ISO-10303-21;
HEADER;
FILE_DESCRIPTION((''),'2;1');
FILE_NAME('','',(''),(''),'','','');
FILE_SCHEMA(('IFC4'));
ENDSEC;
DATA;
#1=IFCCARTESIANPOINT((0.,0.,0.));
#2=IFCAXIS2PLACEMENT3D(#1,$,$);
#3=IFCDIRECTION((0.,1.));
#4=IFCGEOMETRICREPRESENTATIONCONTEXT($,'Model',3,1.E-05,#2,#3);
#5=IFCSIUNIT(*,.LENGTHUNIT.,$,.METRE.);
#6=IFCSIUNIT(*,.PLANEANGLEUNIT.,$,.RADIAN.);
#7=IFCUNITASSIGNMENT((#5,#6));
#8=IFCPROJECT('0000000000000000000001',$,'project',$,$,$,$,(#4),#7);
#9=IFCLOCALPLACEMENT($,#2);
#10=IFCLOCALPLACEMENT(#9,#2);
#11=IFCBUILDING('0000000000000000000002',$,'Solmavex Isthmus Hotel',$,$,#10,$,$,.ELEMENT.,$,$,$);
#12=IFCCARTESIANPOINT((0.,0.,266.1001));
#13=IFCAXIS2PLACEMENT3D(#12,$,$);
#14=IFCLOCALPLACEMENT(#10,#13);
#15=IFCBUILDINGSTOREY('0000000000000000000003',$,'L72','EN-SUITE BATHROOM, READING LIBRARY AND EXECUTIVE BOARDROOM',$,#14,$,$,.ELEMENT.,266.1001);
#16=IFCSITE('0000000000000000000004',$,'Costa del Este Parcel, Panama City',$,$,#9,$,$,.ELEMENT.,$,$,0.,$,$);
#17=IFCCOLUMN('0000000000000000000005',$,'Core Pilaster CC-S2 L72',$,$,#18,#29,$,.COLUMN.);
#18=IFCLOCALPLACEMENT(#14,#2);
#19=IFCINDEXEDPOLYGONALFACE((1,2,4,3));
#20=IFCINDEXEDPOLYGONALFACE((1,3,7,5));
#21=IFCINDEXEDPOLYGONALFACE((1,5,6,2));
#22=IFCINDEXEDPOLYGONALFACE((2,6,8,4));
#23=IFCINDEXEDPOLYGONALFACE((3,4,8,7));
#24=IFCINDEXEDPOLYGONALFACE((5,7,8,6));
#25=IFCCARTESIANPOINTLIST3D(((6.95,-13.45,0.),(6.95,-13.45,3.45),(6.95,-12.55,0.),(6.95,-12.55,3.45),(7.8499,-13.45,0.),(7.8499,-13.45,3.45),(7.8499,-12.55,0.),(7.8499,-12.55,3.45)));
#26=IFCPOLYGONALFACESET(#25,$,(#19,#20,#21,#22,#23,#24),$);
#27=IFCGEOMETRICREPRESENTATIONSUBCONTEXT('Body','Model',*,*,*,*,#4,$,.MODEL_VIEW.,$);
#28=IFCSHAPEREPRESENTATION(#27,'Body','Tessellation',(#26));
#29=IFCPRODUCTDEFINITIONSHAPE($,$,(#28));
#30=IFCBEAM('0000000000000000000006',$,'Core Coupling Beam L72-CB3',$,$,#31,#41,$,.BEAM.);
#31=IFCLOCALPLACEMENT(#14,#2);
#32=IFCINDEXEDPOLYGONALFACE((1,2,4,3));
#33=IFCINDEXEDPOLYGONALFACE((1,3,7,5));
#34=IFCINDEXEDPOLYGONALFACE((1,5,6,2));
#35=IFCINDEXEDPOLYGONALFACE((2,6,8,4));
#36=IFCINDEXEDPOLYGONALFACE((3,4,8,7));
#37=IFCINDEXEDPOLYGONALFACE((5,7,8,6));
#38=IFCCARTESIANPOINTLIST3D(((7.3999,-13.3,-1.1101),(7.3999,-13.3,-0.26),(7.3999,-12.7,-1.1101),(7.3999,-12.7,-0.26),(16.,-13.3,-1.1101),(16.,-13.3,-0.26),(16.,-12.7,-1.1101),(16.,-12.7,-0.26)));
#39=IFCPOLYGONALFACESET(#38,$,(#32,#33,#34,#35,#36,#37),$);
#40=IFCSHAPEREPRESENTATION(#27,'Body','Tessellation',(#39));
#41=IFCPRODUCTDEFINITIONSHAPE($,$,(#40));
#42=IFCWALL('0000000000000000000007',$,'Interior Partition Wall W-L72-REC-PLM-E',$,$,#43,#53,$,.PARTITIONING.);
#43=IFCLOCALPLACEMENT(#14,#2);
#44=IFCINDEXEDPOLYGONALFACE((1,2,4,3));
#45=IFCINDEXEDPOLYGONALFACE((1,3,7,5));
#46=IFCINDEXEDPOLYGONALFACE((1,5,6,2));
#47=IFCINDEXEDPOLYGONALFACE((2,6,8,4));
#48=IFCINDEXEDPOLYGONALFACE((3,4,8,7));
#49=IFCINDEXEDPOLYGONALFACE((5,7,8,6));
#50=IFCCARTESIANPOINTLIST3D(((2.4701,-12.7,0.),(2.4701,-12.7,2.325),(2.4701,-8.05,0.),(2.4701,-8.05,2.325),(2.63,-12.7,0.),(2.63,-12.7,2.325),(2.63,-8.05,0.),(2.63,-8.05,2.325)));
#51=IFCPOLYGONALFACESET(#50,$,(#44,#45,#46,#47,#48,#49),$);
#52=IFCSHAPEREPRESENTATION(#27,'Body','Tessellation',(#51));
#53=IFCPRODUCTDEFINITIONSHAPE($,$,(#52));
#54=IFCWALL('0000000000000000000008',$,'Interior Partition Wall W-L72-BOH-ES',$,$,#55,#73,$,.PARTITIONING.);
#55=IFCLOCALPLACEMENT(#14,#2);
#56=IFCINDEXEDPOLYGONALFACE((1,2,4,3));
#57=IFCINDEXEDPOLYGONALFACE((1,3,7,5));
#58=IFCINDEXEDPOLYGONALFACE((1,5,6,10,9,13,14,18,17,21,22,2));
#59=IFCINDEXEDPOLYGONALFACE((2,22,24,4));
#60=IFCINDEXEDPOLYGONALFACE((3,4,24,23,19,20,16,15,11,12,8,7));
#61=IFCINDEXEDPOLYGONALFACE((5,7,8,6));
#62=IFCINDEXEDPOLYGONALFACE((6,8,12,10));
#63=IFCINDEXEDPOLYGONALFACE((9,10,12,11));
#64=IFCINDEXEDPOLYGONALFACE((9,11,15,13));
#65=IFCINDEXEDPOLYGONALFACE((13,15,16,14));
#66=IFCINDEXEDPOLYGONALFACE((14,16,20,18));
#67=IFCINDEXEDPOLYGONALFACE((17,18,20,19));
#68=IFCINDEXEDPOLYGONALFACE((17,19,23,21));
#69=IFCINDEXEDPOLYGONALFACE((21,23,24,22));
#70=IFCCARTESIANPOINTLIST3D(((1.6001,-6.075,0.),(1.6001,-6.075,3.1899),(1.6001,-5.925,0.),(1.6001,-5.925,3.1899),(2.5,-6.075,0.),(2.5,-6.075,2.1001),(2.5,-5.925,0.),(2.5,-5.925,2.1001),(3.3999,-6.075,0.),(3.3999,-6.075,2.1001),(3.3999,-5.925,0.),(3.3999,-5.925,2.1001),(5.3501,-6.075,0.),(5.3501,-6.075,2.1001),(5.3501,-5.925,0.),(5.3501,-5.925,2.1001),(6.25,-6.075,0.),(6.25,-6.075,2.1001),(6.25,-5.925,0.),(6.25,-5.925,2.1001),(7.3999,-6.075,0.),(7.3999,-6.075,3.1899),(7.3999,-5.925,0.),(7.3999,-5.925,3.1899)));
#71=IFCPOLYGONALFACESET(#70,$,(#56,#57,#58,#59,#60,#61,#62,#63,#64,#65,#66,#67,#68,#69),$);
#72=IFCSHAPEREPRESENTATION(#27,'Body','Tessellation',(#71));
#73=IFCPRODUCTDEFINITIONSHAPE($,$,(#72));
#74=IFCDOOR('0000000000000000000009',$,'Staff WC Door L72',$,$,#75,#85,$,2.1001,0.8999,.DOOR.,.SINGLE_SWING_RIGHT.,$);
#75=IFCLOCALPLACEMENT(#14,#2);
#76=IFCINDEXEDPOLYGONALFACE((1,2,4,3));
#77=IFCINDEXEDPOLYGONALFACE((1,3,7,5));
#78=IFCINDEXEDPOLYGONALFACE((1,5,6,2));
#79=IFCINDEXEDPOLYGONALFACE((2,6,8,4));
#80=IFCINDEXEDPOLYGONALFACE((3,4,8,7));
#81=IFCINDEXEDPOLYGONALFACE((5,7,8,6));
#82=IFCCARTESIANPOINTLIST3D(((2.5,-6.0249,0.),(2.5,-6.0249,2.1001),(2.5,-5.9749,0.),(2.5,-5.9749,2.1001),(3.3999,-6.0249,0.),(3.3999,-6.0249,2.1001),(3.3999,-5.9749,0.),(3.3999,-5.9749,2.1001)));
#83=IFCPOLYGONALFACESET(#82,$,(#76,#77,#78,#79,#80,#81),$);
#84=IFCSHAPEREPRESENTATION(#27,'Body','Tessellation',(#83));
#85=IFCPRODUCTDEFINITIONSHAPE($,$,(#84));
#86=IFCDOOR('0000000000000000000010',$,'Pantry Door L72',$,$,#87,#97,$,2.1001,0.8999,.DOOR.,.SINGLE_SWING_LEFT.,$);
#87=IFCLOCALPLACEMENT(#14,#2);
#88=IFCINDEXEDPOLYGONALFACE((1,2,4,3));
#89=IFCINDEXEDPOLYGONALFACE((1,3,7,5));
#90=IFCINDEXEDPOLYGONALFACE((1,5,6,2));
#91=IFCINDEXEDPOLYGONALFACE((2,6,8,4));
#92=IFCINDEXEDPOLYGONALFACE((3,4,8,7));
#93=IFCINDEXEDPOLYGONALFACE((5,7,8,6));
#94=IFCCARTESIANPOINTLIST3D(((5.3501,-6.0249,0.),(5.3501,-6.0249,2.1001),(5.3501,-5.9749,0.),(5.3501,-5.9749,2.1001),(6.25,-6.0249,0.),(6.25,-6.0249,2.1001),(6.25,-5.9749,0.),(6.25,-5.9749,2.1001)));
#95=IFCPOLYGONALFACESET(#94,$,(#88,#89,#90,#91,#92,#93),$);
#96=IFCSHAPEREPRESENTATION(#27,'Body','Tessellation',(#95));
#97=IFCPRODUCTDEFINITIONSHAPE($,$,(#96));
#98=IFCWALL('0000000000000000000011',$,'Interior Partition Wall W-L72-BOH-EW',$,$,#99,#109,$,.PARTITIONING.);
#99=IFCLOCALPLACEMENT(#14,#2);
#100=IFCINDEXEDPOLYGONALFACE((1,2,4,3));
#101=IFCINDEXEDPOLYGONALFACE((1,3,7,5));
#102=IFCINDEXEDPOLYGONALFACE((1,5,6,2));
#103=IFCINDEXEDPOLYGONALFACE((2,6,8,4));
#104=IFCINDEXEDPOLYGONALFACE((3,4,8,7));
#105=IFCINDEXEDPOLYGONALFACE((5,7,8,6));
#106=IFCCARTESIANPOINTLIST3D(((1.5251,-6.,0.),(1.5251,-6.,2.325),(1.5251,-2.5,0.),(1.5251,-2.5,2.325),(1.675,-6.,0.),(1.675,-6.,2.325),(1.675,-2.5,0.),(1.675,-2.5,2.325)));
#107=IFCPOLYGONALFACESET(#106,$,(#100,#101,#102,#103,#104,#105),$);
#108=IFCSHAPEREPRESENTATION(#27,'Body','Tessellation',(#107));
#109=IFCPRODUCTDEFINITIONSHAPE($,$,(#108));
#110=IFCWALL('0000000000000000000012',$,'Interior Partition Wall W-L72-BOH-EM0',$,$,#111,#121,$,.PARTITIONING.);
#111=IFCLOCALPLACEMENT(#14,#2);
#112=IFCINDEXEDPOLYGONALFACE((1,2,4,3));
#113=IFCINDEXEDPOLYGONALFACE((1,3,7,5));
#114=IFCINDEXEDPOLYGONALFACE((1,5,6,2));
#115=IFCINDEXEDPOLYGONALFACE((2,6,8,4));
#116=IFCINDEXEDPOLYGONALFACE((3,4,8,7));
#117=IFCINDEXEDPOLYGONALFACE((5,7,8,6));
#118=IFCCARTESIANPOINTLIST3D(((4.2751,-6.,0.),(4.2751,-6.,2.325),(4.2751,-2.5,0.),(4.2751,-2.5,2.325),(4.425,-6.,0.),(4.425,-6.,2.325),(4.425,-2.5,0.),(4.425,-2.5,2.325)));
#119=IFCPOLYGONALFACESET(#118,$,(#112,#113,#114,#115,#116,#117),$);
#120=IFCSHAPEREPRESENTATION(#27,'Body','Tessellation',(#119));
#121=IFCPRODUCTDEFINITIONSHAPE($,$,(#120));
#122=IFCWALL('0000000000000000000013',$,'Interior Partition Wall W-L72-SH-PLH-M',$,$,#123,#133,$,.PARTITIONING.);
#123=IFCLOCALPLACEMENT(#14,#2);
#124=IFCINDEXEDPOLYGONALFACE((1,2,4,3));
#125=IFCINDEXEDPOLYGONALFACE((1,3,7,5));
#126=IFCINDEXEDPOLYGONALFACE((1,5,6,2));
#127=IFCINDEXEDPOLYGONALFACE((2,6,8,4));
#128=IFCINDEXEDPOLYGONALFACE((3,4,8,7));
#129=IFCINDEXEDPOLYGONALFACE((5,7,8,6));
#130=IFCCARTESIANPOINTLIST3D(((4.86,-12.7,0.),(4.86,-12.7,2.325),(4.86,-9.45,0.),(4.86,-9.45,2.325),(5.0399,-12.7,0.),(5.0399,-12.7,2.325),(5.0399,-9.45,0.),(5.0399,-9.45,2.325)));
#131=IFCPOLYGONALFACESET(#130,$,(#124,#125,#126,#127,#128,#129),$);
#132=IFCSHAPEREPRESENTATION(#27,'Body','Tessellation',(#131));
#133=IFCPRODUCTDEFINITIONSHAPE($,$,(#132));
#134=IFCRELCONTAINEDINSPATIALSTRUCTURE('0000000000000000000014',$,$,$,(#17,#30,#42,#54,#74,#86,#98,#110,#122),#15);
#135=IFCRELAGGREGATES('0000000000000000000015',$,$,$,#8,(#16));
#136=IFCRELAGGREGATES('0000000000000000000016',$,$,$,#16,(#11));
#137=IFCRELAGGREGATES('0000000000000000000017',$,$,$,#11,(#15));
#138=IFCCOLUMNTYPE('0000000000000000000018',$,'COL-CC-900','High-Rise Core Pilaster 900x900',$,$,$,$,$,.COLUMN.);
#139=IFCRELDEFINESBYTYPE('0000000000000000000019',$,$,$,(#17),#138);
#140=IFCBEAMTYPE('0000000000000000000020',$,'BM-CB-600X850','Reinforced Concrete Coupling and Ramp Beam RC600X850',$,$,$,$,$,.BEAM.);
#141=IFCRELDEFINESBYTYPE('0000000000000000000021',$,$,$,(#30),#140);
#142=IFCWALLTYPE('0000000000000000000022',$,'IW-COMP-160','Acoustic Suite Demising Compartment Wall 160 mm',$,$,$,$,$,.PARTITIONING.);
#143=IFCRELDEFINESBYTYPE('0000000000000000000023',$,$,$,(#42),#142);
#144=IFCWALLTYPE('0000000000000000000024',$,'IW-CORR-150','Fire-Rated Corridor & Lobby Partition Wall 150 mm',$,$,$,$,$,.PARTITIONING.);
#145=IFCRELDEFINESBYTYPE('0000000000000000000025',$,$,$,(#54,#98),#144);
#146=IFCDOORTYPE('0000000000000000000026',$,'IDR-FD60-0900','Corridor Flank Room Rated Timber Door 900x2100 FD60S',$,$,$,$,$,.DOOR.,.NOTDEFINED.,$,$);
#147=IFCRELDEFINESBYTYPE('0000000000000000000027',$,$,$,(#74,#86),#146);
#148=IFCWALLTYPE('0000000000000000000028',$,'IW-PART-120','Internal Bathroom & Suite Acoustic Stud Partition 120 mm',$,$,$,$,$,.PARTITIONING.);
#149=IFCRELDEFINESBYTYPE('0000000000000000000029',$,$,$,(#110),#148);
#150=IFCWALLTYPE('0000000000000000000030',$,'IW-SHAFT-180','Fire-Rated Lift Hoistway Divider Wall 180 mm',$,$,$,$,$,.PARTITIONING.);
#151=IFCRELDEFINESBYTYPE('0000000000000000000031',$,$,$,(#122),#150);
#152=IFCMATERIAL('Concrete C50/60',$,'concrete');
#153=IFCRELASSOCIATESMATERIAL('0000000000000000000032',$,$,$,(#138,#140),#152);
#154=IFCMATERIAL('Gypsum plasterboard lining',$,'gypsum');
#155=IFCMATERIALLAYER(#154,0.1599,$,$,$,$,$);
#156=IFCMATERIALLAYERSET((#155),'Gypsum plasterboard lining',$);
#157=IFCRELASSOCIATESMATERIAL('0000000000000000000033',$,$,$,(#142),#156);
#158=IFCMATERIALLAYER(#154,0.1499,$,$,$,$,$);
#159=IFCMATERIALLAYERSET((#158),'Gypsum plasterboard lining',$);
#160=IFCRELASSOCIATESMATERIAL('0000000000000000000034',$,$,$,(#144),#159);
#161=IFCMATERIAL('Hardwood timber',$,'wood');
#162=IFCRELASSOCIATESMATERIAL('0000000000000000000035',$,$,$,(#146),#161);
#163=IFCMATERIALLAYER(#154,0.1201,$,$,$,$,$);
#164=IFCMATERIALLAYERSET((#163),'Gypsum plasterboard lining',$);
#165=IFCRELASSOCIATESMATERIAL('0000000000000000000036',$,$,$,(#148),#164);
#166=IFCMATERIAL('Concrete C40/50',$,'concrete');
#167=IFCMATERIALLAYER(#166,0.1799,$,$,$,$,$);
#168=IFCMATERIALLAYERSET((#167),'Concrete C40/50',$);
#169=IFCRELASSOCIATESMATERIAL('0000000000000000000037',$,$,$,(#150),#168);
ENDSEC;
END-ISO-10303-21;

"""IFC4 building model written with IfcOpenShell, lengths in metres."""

from ifc_helpers import new_model, si_unit, direction, frame, frame_2d, origin, origin_2d, place, context, subcontext, project, spatial, rectangle, extrude, material, layer, layer_set, material_profile, profile_set, type_object, element, fill, save


model = new_model("IFC4")

# Units and contexts
model_context = context("Model", 3, precision=1e-05, world=origin(), true_north=direction((0.0, 1.0)))
body_context = subcontext(model_context, "Body", "Model", "MODEL_VIEW")
ifc_project = project(units=[si_unit("LENGTHUNIT", "METRE"), si_unit("PLANEANGLEUNIT", "RADIAN")], contexts=[model_context])

# Site, building, storey
site_placement = place(None, origin())
site = spatial("IfcSite", under=ifc_project, at=site_placement, Name="Costa del Este Parcel, Panama City", CompositionType="ELEMENT", RefElevation=0.0)
building_placement = place(site_placement, origin())
building = spatial("IfcBuilding", under=site, at=building_placement, Name="Solmavex Isthmus Hotel", CompositionType="ELEMENT")
storey_placement = place(building_placement, frame((0.0, 0.0, 266.1001)))
storey = spatial("IfcBuildingStorey", under=building, at=storey_placement, Name="L72", Description="EN-SUITE BATHROOM, READING LIBRARY AND EXECUTIVE BOARDROOM", CompositionType="ELEMENT", Elevation=266.1001)

# Column
ifc_material_1 = material(Name="Concrete C50/60", Category="concrete")
ifc_material_profile_1 = material_profile(ifc_material_1, rectangle(XDim=0.8999, YDim=0.8999, at=origin_2d()), Name="RC900X900")
ifc_profile_set_1 = profile_set([ifc_material_profile_1], Name="Concrete C50/60")
column_type = type_object("IfcColumnType", Name="COL-CC-900", Description="High-Rise Core Pilaster 900x900", PredefinedType="COLUMN", material=ifc_profile_set_1)
column_placement = place(storey_placement, frame((7.3999, -13.0, 0.0), z_axis=(0.0, 0.0, 1.0), x_axis=(1.0, 0.0, 0.0)))
element("IfcColumn", 1, at=column_placement, inside=storey, type_object=column_type, Name="Core Pilaster CC-S2 L72", PredefinedType="COLUMN", context=body_context, shape_type="SweptSolid", body=[
    extrude(rectangle(XDim=0.8999, YDim=0.8999, at=origin_2d()), origin(), (0.0, 0.0, 1.0), 3.45),
])

# Beam
ifc_material_profile_2 = material_profile(ifc_material_1, rectangle(XDim=0.6001, YDim=0.8501, at=origin_2d()), Name="RC600X850")
ifc_profile_set_2 = profile_set([ifc_material_profile_2], Name="Concrete C50/60")
beam_type = type_object("IfcBeamType", Name="BM-CB-600X850", Description="Reinforced Concrete Coupling and Ramp Beam RC600X850", PredefinedType="BEAM", material=ifc_profile_set_2)
beam_placement = place(storey_placement, frame((7.3999, -13.0, -0.6851), z_axis=(1.0, 0.0, 0.0), x_axis=(0.0, 1.0, 0.0)))
element("IfcBeam", 2, at=beam_placement, inside=storey, type_object=beam_type, Name="Core Coupling Beam L72-CB3", PredefinedType="BEAM", context=body_context, shape_type="SweptSolid", body=[
    extrude(rectangle(XDim=0.6001, YDim=0.8501, at=origin_2d()), origin(), (0.0, 0.0, 1.0), 8.6001),
])

# Wall
ifc_material_2 = material(Name="Gypsum plasterboard lining", Category="gypsum")
ifc_layer_1 = layer(ifc_material_2, 0.1599)
ifc_layer_set_1 = layer_set([ifc_layer_1], Name="Gypsum plasterboard lining")
wall_type_1 = type_object("IfcWallType", Name="IW-COMP-160", Description="Acoustic Suite Demising Compartment Wall 160 mm", PredefinedType="PARTITIONING", material=ifc_layer_set_1)
wall_1_placement = place(storey_placement, frame((2.55, -12.7, 0.0), z_axis=(0.0, 0.0, 1.0), x_axis=(0.0, 1.0, 0.0)))
element("IfcWall", 3, at=wall_1_placement, inside=storey, type_object=wall_type_1, Name="Interior Partition Wall W-L72-REC-PLM-E", PredefinedType="PARTITIONING", context=body_context, shape_type="SweptSolid", body=[
    extrude(rectangle(XDim=4.6499, YDim=0.1599, at=frame_2d((2.325, 0.0))), origin(), (0.0, 0.0, 1.0), 2.325),
])

# Wall, openings, doors
ifc_layer_2 = layer(ifc_material_2, 0.1499)
ifc_layer_set_2 = layer_set([ifc_layer_2], Name="Gypsum plasterboard lining")
wall_type_2 = type_object("IfcWallType", Name="IW-CORR-150", Description="Fire-Rated Corridor & Lobby Partition Wall 150 mm", PredefinedType="PARTITIONING", material=ifc_layer_set_2)
wall_2_placement = place(storey_placement, frame((1.6001, -6.0, 0.0), z_axis=(0.0, 0.0, 1.0), x_axis=(1.0, 0.0, 0.0)))
wall_2 = element("IfcWall", 4, at=wall_2_placement, inside=storey, type_object=wall_type_2, Name="Interior Partition Wall W-L72-BOH-ES", PredefinedType="PARTITIONING", context=body_context, shape_type="SweptSolid", body=[
    extrude(rectangle(XDim=5.7998, YDim=0.1499, at=frame_2d((2.8999, 0.0))), origin(), (0.0, 0.0, 1.0), 3.1899),
])
opening_1_placement = place(wall_2_placement, frame((0.8999, 0.0, 0.0)))
opening_1 = element("IfcOpeningElement", 5, at=opening_1_placement, cuts=wall_2, PredefinedType="OPENING", context=body_context, shape_type="SweptSolid", body=[
    extrude(rectangle(XDim=0.8999, YDim=2.1001, at=frame_2d((0.45, 1.05))), frame((0.0, 0.085, 0.0), z_axis=(0.0, -1.0, 0.0), x_axis=(1.0, 0.0, 0.0)), (0.0, 0.0, 1.0), 0.1699),
])
opening_2_placement = place(wall_2_placement, frame((3.75, 0.0, 0.0)))
opening_2 = element("IfcOpeningElement", 6, at=opening_2_placement, cuts=wall_2, PredefinedType="OPENING", context=body_context, shape_type="SweptSolid", body=[
    extrude(rectangle(XDim=0.8999, YDim=2.1001, at=frame_2d((0.45, 1.05))), frame((0.0, 0.085, 0.0), z_axis=(0.0, -1.0, 0.0), x_axis=(1.0, 0.0, 0.0)), (0.0, 0.0, 1.0), 0.1699),
])
ifc_material_3 = material(Name="Hardwood timber", Category="wood")
door_type_1 = type_object("IfcDoorType", Name="IDR-FD60-0900", Description="Corridor Flank Room Rated Timber Door 900x2100 FD60S", OperationType="NOTDEFINED", PredefinedType="DOOR", material=ifc_material_3)
door_1_placement = place(opening_1_placement, frame((0.8999, 0.0, 0.0), z_axis=(0.0, 0.0, 1.0), x_axis=(-1.0, 0.0, 0.0)))
door_1 = element("IfcDoor", 7, at=door_1_placement, inside=storey, type_object=door_type_1, Name="Staff WC Door L72", OperationType="SINGLE_SWING_RIGHT", OverallHeight=2.1001, OverallWidth=0.8999, PredefinedType="DOOR", context=body_context, shape_type="SweptSolid", body=[
    extrude(rectangle(XDim=0.8999, YDim=2.1001, at=frame_2d((0.45, 1.05))), frame((0.0, 0.0249, 0.0), z_axis=(0.0, -1.0, 0.0), x_axis=(1.0, 0.0, 0.0)), (0.0, 0.0, 1.0), 0.05),
])
fill(opening_1, door_1)
door_2_placement = place(opening_2_placement, frame((0.8999, 0.0, 0.0), z_axis=(0.0, 0.0, 1.0), x_axis=(-1.0, 0.0, 0.0)))
door_2 = element("IfcDoor", 8, at=door_2_placement, inside=storey, type_object=door_type_1, Name="Pantry Door L72", OperationType="SINGLE_SWING_LEFT", OverallHeight=2.1001, OverallWidth=0.8999, PredefinedType="DOOR", context=body_context, shape_type="SweptSolid", body=[
    extrude(rectangle(XDim=0.8999, YDim=2.1001, at=frame_2d((0.45, 1.05))), frame((0.0, 0.0249, 0.0), z_axis=(0.0, -1.0, 0.0), x_axis=(1.0, 0.0, 0.0)), (0.0, 0.0, 1.0), 0.05),
])
fill(opening_2, door_2)

# Walls
wall_3_placement = place(storey_placement, frame((1.6001, -6.0, 0.0), z_axis=(0.0, 0.0, 1.0), x_axis=(0.0, 1.0, 0.0)))
element("IfcWall", 9, at=wall_3_placement, inside=storey, type_object=wall_type_2, Name="Interior Partition Wall W-L72-BOH-EW", PredefinedType="PARTITIONING", context=body_context, shape_type="SweptSolid", body=[
    extrude(rectangle(XDim=3.5, YDim=0.1499, at=frame_2d((1.75, 0.0))), origin(), (0.0, 0.0, 1.0), 2.325),
])
ifc_layer_3 = layer(ifc_material_2, 0.1201)
ifc_layer_set_3 = layer_set([ifc_layer_3], Name="Gypsum plasterboard lining")
wall_type_3 = type_object("IfcWallType", Name="IW-PART-120", Description="Internal Bathroom & Suite Acoustic Stud Partition 120 mm", PredefinedType="PARTITIONING", material=ifc_layer_set_3)
wall_4_placement = place(storey_placement, frame((4.3501, -6.0, 0.0), z_axis=(0.0, 0.0, 1.0), x_axis=(0.0, 1.0, 0.0)))
element("IfcWall", 10, at=wall_4_placement, inside=storey, type_object=wall_type_3, Name="Interior Partition Wall W-L72-BOH-EM0", PredefinedType="PARTITIONING", context=body_context, shape_type="SweptSolid", body=[
    extrude(rectangle(XDim=3.5, YDim=0.1499, at=frame_2d((1.75, 0.0))), origin(), (0.0, 0.0, 1.0), 2.325),
])
ifc_material_4 = material(Name="Concrete C40/50", Category="concrete")
ifc_layer_4 = layer(ifc_material_4, 0.1799)
ifc_layer_set_4 = layer_set([ifc_layer_4], Name="Concrete C40/50")
wall_type_4 = type_object("IfcWallType", Name="IW-SHAFT-180", Description="Fire-Rated Lift Hoistway Divider Wall 180 mm", PredefinedType="PARTITIONING", material=ifc_layer_set_4)
wall_5_placement = place(storey_placement, frame((4.95, -12.7, 0.0), z_axis=(0.0, 0.0, 1.0), x_axis=(0.0, 1.0, 0.0)))
element("IfcWall", 11, at=wall_5_placement, inside=storey, type_object=wall_type_4, Name="Interior Partition Wall W-L72-SH-PLH-M", PredefinedType="PARTITIONING", context=body_context, shape_type="SweptSolid", body=[
    extrude(rectangle(XDim=3.25, YDim=0.1799, at=frame_2d((1.625, 0.0))), origin(), (0.0, 0.0, 1.0), 2.325),
])

save(model, "model.ifc")
